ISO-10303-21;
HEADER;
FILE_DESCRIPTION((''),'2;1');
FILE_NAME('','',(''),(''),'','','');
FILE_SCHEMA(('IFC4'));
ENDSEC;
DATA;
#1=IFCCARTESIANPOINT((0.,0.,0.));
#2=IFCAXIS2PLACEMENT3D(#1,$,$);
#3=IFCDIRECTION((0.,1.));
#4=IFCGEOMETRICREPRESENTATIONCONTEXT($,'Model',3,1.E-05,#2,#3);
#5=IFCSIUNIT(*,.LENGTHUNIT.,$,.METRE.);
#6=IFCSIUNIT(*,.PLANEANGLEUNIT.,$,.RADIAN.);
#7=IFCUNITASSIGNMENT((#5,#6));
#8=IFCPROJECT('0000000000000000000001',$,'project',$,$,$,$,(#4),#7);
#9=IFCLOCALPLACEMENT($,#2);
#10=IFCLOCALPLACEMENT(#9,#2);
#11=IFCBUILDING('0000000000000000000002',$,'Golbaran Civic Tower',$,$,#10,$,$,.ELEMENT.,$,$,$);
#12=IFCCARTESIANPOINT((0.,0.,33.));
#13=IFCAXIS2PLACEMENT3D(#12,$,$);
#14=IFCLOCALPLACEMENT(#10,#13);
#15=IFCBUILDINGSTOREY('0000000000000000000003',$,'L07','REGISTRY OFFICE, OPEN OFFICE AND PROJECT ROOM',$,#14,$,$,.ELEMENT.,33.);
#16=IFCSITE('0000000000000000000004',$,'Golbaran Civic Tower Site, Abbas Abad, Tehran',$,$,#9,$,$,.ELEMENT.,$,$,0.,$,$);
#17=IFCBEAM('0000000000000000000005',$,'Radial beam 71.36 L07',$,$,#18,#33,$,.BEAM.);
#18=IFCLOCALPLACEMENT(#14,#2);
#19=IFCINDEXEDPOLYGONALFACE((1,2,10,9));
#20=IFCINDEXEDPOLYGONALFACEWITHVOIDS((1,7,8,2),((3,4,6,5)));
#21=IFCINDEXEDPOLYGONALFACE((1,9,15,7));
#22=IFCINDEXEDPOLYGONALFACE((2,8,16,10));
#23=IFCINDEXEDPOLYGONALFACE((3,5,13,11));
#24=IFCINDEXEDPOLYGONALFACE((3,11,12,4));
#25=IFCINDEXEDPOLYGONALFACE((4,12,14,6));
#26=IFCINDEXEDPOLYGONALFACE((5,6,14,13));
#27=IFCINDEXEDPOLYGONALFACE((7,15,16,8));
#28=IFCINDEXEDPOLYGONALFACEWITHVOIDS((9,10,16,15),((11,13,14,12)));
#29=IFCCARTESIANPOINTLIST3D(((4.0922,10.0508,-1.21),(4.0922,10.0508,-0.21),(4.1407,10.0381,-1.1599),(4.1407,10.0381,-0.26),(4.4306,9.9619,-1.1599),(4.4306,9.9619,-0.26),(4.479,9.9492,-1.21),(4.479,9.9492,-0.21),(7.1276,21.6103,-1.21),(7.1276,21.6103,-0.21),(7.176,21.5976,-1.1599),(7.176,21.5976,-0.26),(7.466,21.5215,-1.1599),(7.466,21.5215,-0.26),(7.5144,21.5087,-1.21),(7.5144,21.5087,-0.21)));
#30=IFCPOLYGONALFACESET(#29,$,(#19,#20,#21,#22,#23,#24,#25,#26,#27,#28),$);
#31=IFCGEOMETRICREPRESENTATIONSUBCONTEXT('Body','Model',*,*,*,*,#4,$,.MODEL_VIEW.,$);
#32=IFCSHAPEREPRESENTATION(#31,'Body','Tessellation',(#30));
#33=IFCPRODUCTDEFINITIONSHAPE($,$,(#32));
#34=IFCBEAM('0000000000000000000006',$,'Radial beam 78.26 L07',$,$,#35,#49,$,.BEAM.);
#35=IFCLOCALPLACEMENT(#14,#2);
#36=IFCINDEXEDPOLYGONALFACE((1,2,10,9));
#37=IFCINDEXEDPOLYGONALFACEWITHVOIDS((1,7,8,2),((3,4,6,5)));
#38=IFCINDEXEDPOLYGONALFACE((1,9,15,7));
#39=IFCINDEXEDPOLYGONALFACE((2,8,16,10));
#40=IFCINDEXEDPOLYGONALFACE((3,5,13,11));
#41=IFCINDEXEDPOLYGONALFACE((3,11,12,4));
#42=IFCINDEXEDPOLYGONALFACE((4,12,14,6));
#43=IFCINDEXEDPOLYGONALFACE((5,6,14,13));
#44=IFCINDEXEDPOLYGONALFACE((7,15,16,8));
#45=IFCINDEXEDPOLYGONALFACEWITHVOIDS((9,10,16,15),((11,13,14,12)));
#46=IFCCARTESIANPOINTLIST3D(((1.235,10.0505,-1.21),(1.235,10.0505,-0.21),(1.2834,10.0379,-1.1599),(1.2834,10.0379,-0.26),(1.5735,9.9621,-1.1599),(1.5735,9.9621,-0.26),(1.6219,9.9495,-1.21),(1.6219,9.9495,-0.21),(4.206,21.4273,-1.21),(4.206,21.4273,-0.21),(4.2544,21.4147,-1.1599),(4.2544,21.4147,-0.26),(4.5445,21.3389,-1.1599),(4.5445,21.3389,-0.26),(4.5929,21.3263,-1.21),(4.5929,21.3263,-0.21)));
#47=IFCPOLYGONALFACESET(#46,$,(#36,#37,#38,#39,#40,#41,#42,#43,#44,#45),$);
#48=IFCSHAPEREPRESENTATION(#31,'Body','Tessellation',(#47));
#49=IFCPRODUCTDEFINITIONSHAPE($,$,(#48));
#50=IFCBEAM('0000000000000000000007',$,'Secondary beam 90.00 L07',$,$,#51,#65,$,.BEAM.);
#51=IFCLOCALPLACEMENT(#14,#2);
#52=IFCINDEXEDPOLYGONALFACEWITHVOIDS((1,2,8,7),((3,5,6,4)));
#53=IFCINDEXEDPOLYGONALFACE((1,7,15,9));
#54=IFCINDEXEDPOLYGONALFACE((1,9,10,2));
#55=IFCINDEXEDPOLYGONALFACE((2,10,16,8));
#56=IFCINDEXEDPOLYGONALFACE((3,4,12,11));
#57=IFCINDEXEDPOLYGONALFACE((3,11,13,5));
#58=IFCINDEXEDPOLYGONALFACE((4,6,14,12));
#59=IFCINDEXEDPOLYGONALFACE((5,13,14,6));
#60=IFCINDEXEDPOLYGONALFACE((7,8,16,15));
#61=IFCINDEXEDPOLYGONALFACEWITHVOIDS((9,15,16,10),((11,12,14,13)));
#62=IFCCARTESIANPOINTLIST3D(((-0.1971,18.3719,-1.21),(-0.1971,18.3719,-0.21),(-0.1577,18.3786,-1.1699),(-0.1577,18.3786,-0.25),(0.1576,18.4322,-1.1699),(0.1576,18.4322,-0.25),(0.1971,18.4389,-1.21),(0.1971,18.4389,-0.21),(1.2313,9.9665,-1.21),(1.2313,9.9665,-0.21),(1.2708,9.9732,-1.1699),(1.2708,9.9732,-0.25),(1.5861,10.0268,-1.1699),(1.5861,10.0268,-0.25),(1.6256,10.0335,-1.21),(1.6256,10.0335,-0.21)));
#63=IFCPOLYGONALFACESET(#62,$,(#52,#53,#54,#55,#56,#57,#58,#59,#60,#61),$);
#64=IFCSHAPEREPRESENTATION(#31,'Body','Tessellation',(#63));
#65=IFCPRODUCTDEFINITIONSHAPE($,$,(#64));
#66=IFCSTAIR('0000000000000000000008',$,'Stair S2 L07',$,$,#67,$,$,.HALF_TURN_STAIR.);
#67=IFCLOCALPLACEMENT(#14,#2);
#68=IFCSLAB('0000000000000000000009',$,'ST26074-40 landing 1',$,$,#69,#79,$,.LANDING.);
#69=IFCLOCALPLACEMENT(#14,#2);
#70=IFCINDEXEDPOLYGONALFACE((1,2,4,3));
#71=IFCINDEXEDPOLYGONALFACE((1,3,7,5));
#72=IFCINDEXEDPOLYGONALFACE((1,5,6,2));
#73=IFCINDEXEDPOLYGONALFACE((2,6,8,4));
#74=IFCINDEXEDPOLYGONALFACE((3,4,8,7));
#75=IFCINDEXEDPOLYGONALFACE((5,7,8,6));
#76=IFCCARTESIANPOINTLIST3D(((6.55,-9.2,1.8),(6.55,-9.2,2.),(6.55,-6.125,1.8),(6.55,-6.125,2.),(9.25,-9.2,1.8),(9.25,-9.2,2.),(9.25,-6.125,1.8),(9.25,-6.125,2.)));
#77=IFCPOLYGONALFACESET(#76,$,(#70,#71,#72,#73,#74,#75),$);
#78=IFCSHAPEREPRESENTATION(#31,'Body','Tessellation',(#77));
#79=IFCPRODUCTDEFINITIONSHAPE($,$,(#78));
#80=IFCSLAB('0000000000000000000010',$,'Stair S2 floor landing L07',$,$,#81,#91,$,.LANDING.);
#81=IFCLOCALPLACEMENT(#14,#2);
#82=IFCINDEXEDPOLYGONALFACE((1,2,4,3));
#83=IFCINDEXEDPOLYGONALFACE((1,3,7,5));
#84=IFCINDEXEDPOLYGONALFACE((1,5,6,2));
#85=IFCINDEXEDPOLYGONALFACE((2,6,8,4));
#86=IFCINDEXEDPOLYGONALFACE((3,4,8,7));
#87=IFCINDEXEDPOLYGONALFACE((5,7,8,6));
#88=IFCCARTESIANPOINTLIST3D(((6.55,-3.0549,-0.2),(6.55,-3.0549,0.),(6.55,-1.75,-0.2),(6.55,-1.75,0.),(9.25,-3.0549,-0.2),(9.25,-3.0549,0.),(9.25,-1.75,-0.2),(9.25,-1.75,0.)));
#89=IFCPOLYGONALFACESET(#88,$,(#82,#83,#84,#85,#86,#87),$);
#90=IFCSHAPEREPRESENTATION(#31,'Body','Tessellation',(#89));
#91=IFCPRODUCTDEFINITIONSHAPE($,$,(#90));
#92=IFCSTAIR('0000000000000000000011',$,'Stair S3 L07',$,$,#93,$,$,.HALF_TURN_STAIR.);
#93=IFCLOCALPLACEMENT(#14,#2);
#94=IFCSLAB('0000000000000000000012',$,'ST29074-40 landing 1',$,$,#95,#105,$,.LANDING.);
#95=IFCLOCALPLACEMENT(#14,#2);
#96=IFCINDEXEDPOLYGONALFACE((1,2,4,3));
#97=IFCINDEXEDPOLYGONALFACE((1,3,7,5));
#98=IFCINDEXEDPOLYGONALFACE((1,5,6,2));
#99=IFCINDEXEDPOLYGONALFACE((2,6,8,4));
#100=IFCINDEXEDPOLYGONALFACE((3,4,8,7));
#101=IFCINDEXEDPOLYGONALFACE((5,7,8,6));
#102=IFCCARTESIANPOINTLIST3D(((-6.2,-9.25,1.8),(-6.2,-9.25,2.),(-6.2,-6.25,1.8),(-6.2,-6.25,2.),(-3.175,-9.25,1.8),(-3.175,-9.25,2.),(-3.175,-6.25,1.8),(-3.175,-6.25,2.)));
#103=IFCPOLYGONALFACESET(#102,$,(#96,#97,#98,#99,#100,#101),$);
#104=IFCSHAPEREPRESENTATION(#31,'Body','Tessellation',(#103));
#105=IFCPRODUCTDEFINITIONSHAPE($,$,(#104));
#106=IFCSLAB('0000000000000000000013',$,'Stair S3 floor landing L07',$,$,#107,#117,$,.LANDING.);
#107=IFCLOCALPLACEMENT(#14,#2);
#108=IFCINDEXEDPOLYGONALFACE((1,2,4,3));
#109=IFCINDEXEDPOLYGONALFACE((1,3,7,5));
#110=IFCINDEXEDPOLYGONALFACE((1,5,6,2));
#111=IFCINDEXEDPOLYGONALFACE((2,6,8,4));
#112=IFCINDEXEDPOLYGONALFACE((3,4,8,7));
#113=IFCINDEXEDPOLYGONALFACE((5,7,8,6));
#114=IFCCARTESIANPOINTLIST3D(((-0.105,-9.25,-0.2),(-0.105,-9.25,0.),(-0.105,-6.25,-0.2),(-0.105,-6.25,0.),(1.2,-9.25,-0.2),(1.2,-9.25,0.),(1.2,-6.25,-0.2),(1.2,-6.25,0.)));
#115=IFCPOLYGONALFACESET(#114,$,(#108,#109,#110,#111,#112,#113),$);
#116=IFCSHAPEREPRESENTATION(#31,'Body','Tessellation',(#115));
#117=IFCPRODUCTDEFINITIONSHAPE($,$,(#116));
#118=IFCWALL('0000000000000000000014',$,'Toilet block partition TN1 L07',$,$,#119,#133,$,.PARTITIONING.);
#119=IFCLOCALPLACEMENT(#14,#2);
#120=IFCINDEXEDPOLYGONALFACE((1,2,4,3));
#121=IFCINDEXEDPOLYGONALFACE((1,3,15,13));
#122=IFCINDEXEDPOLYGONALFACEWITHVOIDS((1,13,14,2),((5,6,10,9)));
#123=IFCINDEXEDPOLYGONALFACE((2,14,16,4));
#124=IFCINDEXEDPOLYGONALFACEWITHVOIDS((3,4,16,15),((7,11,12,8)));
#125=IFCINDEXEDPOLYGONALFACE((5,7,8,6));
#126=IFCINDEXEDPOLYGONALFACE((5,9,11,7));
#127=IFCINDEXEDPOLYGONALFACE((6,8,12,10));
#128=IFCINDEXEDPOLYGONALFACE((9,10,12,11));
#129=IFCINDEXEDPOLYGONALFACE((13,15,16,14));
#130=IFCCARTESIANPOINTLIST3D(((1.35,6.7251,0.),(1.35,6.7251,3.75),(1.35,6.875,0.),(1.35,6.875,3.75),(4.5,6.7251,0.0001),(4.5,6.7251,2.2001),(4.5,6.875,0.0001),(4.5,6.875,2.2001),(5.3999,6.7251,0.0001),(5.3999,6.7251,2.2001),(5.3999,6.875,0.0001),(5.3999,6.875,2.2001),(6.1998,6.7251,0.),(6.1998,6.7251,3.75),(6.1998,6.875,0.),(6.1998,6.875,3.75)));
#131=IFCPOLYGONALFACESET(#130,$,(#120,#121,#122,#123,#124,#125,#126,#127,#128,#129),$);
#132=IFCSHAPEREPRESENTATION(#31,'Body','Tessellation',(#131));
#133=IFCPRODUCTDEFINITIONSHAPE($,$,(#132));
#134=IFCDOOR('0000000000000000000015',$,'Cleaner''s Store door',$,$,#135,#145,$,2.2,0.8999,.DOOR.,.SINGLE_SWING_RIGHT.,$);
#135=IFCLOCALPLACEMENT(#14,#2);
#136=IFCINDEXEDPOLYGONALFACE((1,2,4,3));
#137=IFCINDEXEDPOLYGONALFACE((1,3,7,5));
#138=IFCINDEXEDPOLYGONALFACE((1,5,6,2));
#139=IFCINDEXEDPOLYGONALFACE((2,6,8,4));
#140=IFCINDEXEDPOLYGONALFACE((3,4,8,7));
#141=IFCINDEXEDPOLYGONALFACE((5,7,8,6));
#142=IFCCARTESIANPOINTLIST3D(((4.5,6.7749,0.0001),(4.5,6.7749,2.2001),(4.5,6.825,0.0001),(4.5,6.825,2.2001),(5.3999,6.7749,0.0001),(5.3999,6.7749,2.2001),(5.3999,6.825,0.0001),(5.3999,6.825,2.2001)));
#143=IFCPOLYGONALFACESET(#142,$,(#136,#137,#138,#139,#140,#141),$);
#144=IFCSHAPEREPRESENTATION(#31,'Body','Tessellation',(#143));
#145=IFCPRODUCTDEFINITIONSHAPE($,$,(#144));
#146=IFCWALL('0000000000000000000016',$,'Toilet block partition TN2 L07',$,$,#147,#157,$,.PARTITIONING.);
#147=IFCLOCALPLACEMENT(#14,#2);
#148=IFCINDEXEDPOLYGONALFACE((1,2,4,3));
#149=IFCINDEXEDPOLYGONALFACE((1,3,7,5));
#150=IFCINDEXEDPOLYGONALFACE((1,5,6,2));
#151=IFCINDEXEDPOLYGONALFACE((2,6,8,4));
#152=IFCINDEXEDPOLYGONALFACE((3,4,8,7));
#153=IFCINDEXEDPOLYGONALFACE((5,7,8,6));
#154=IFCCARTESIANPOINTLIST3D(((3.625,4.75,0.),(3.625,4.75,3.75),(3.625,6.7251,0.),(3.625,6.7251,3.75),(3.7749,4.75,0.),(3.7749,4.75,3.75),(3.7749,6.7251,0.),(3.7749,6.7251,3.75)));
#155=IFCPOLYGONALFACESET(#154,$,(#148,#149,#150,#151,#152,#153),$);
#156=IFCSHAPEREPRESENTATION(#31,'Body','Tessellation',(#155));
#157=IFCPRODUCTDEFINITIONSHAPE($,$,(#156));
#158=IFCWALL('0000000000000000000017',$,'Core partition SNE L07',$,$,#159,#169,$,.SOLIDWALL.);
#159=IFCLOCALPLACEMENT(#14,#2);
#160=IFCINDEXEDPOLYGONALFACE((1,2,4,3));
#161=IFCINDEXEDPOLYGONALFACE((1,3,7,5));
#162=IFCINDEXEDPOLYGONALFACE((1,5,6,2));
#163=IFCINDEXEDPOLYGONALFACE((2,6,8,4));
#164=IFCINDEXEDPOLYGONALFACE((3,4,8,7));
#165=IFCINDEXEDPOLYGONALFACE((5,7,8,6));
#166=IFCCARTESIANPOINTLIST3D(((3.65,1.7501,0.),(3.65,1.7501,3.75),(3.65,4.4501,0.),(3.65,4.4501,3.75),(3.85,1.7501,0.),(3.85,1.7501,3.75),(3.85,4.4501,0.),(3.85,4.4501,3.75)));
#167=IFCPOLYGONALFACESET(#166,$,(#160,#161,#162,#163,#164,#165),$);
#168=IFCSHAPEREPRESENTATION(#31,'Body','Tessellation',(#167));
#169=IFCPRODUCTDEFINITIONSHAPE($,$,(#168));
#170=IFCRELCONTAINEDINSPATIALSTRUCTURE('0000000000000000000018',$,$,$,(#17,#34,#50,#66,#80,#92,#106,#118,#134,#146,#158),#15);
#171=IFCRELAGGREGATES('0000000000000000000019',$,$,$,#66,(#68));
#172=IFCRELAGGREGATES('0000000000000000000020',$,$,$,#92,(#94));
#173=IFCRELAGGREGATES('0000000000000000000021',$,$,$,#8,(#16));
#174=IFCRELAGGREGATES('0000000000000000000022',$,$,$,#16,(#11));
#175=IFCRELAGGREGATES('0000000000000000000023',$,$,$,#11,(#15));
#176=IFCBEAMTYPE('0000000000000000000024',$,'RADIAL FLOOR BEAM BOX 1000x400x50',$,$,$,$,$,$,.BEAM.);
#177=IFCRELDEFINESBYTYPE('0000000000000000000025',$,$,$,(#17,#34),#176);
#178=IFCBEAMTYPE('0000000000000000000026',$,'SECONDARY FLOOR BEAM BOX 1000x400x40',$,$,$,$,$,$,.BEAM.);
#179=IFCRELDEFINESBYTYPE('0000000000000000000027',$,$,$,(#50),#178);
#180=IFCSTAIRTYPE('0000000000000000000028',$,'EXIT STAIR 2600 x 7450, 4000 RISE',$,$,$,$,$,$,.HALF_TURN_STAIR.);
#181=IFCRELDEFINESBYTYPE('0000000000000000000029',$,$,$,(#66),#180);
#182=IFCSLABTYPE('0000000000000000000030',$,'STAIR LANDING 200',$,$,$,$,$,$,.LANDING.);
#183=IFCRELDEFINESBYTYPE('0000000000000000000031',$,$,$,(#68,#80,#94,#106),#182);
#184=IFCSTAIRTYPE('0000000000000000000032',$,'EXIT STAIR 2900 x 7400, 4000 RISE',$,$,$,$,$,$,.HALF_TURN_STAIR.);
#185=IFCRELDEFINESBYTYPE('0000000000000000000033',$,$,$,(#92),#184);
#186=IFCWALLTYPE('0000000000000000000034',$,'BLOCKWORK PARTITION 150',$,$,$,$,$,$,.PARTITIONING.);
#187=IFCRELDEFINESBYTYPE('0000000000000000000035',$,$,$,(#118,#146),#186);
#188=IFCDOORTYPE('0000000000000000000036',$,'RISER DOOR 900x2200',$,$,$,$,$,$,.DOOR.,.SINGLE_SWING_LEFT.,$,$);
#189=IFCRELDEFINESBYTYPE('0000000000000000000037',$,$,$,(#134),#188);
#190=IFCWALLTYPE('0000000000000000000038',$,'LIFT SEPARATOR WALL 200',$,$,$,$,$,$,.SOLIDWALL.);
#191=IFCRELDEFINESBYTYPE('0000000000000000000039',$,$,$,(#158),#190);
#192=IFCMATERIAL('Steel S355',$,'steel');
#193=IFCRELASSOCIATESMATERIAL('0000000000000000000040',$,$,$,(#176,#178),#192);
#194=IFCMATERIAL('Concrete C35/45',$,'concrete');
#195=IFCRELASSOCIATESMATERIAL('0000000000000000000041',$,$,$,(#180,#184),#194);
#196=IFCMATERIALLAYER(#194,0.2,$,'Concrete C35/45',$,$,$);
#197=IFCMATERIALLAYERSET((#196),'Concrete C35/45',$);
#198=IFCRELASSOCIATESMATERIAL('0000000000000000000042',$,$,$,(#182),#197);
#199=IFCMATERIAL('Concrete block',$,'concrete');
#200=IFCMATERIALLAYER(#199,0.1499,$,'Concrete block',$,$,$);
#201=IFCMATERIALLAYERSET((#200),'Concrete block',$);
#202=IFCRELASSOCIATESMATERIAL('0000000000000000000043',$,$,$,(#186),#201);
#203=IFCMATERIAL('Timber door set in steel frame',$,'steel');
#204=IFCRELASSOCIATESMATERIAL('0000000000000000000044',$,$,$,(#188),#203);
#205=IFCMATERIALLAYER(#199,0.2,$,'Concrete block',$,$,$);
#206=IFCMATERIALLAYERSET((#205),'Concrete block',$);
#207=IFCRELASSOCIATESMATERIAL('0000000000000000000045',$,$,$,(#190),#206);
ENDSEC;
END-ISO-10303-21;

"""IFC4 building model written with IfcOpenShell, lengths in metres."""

from ifc_helpers import new_model, si_unit, direction, frame, frame_2d, origin, origin_2d, place, context, subcontext, project, spatial, polyline, rectangle, hollow_rectangle, outline, extrude, material, layer, layer_set, material_profile, profile_set, type_object, element, fill, aggregate, save


model = new_model("IFC4")

# Units and contexts
model_context = context("Model", 3, precision=1e-05, world=origin(), true_north=direction((0.0, 1.0)))
body_context = subcontext(model_context, "Body", "Model", "MODEL_VIEW")
ifc_project = project(units=[si_unit("LENGTHUNIT", "METRE"), si_unit("PLANEANGLEUNIT", "RADIAN")], contexts=[model_context])

# Site, building, storey
site_placement = place(None, origin())
site = spatial("IfcSite", under=ifc_project, at=site_placement, Name="Golbaran Civic Tower Site, Abbas Abad, Tehran", CompositionType="ELEMENT", RefElevation=0.0)
building_placement = place(site_placement, origin())
building = spatial("IfcBuilding", under=site, at=building_placement, Name="Golbaran Civic Tower", CompositionType="ELEMENT")
storey_placement = place(building_placement, frame((0.0, 0.0, 33.0)))
storey = spatial("IfcBuildingStorey", under=building, at=storey_placement, Name="L07", Description="REGISTRY OFFICE, OPEN OFFICE AND PROJECT ROOM", CompositionType="ELEMENT", Elevation=33.0)

# Beams
ifc_material_1 = material(Name="Steel S355", Category="steel")
ifc_material_profile_1 = material_profile(ifc_material_1, hollow_rectangle(XDim=0.3999, YDim=1.0, WallThickness=0.05, at=origin_2d()), Name="BOX 1000x400x50")
ifc_profile_set_1 = profile_set([ifc_material_profile_1], Name="Steel S355")
beam_type_1 = type_object("IfcBeamType", Name="RADIAL FLOOR BEAM BOX 1000x400x50", PredefinedType="BEAM", material=ifc_profile_set_1)
beam_1_placement = place(storey_placement, frame((4.2856, 10.0, -0.71), z_axis=(0.253977, 0.96721, 0.0), x_axis=(-0.96721, 0.253977, 0.0)))
element("IfcBeam", 1, at=beam_1_placement, inside=storey, type_object=beam_type_1, Name="Radial beam 71.36 L07", PredefinedType="BEAM", context=body_context, shape_type="SweptSolid", body=[
    extrude(hollow_rectangle(XDim=0.3999, YDim=1.0, WallThickness=0.05, at=origin_2d()), origin(), (0.0, 0.0, 1.0), 11.9514),
])
beam_2_placement = place(storey_placement, frame((1.4285, 10.0, -0.71), z_axis=(0.25267, 0.967553, 0.0), x_axis=(-0.967553, 0.25267, 0.0)))
element("IfcBeam", 2, at=beam_2_placement, inside=storey, type_object=beam_type_1, Name="Radial beam 78.26 L07", PredefinedType="BEAM", context=body_context, shape_type="SweptSolid", body=[
    extrude(hollow_rectangle(XDim=0.3999, YDim=1.0, WallThickness=0.05, at=origin_2d()), origin(), (0.0, 0.0, 1.0), 11.7583),
])
ifc_material_profile_2 = material_profile(ifc_material_1, hollow_rectangle(XDim=0.3999, YDim=1.0, WallThickness=0.04, at=origin_2d()), Name="BOX 1000x400x40")
ifc_profile_set_2 = profile_set([ifc_material_profile_2], Name="Steel S355")
beam_type_2 = type_object("IfcBeamType", Name="SECONDARY FLOOR BEAM BOX 1000x400x40", PredefinedType="BEAM", material=ifc_profile_set_2)
beam_3_placement = place(storey_placement, frame((1.4285, 10.0, -0.71), z_axis=(-0.167547, 0.985864, 0.0), x_axis=(-0.985864, -0.167547, 0.0)))
element("IfcBeam", 3, at=beam_3_placement, inside=storey, type_object=beam_type_2, Name="Secondary beam 90.00 L07", PredefinedType="BEAM", context=body_context, shape_type="SweptSolid", body=[
    extrude(hollow_rectangle(XDim=0.3999, YDim=1.0, WallThickness=0.04, at=origin_2d()), origin(), (0.0, 0.0, 1.0), 8.5259),
])

# Stair, slab
ifc_material_2 = material(Name="Concrete C35/45", Category="concrete")
stair_type_1 = type_object("IfcStairType", Name="EXIT STAIR 2600 x 7450, 4000 RISE", PredefinedType="HALF_TURN_STAIR", material=ifc_material_2)
stair_1_placement = place(storey_placement, origin())
stair_1 = element("IfcStair", 4, at=stair_1_placement, inside=storey, type_object=stair_type_1, Name="Stair S2 L07", PredefinedType="HALF_TURN_STAIR")
ifc_layer_1 = layer(ifc_material_2, 0.2, Name="Concrete C35/45")
ifc_layer_set_1 = layer_set([ifc_layer_1], Name="Concrete C35/45")
slab_type = type_object("IfcSlabType", Name="STAIR LANDING 200", PredefinedType="LANDING", material=ifc_layer_set_1)
slab_1_placement = place(storey_placement, frame((0.0, 0.0, 1.8)))
slab_1 = element("IfcSlab", 5, at=slab_1_placement, type_object=slab_type, Name="ST26074-40 landing 1", PredefinedType="LANDING", context=body_context, shape_type="SweptSolid", body=[
    extrude(outline(polyline([(9.25, -6.125), (9.25, -9.2), (6.55, -9.2), (6.55, -6.125), (9.25, -6.125)])), origin(), (0.0, 0.0, 1.0), 0.2),
])
aggregate(stair_1, [slab_1])

# Slab
slab_2_placement = place(storey_placement, frame((0.0, 0.0, -0.2)))
element("IfcSlab", 6, at=slab_2_placement, inside=storey, type_object=slab_type, Name="Stair S2 floor landing L07", PredefinedType="LANDING", context=body_context, shape_type="SweptSolid", body=[
    extrude(outline(polyline([(9.25, -1.75), (9.25, -3.0549), (6.55, -3.0549), (6.55, -1.75), (9.25, -1.75)])), origin(), (0.0, 0.0, 1.0), 0.2),
])

# Stair, slab
stair_type_2 = type_object("IfcStairType", Name="EXIT STAIR 2900 x 7400, 4000 RISE", PredefinedType="HALF_TURN_STAIR", material=ifc_material_2)
stair_2_placement = place(storey_placement, origin())
stair_2 = element("IfcStair", 7, at=stair_2_placement, inside=storey, type_object=stair_type_2, Name="Stair S3 L07", PredefinedType="HALF_TURN_STAIR")
slab_3_placement = place(storey_placement, frame((0.0, 0.0, 1.8)))
slab_3 = element("IfcSlab", 8, at=slab_3_placement, type_object=slab_type, Name="ST29074-40 landing 1", PredefinedType="LANDING", context=body_context, shape_type="SweptSolid", body=[
    extrude(outline(polyline([(-3.175, -9.25), (-6.2, -9.25), (-6.2, -6.25), (-3.175, -6.25), (-3.175, -9.25)])), origin(), (0.0, 0.0, 1.0), 0.2),
])
aggregate(stair_2, [slab_3])

# Slab
slab_4_placement = place(storey_placement, frame((0.0, 0.0, -0.2)))
element("IfcSlab", 9, at=slab_4_placement, inside=storey, type_object=slab_type, Name="Stair S3 floor landing L07", PredefinedType="LANDING", context=body_context, shape_type="SweptSolid", body=[
    extrude(outline(polyline([(1.2, -9.25), (-0.105, -9.25), (-0.105, -6.25), (1.2, -6.25), (1.2, -9.25)])), origin(), (0.0, 0.0, 1.0), 0.2),
])

# Wall, opening, door
ifc_material_3 = material(Name="Concrete block", Category="concrete")
ifc_layer_2 = layer(ifc_material_3, 0.1499, Name="Concrete block")
ifc_layer_set_2 = layer_set([ifc_layer_2], Name="Concrete block")
wall_type_1 = type_object("IfcWallType", Name="BLOCKWORK PARTITION 150", PredefinedType="PARTITIONING", material=ifc_layer_set_2)
wall_1_placement = place(storey_placement, frame((1.3501, 6.8, 0.0), z_axis=(0.0, 0.0, 1.0), x_axis=(1.0, 0.0, 0.0)))
wall_1 = element("IfcWall", 10, at=wall_1_placement, inside=storey, type_object=wall_type_1, Name="Toilet block partition TN1 L07", PredefinedType="PARTITIONING", context=body_context, shape_type="SweptSolid", body=[
    extrude(rectangle(XDim=4.8499, YDim=0.1499, at=frame_2d((2.4248, 0.0))), origin(), (0.0, 0.0, 1.0), 3.75),
])
opening_1_placement = place(wall_1_placement, frame((3.1499, 0.0, 0.0)))
opening_1 = element("IfcOpeningElement", 11, at=opening_1_placement, cuts=wall_1, PredefinedType="OPENING", context=body_context, shape_type="SweptSolid", body=[
    extrude(rectangle(XDim=0.8999, YDim=2.2, at=frame_2d((0.45, 1.1001))), frame((0.0, 0.085, 0.0), z_axis=(0.0, -1.0, 0.0), x_axis=(1.0, 0.0, 0.0)), (0.0, 0.0, 1.0), 0.1699),
])
ifc_material_4 = material(Name="Timber door set in steel frame", Category="steel")
door_type_1 = type_object("IfcDoorType", Name="RISER DOOR 900x2200", OperationType="SINGLE_SWING_LEFT", PredefinedType="DOOR", material=ifc_material_4)
door_1_placement = place(opening_1_placement, origin())
door_1 = element("IfcDoor", 12, at=door_1_placement, inside=storey, type_object=door_type_1, Name="Cleaner's Store door", OperationType="SINGLE_SWING_RIGHT", OverallHeight=2.2, OverallWidth=0.8999, PredefinedType="DOOR", context=body_context, shape_type="SweptSolid", body=[
    extrude(rectangle(XDim=0.8999, YDim=2.2, at=frame_2d((0.45, 1.1001))), frame((0.0, 0.0249, 0.0), z_axis=(0.0, -1.0, 0.0), x_axis=(1.0, 0.0, 0.0)), (0.0, 0.0, 1.0), 0.05),
])
fill(opening_1, door_1)

# Walls
wall_2_placement = place(storey_placement, frame((3.7, 4.75, 0.0), z_axis=(0.0, 0.0, 1.0), x_axis=(0.0, 1.0, 0.0)))
element("IfcWall", 13, at=wall_2_placement, inside=storey, type_object=wall_type_1, Name="Toilet block partition TN2 L07", PredefinedType="PARTITIONING", context=body_context, shape_type="SweptSolid", body=[
    extrude(rectangle(XDim=1.9751, YDim=0.1499, at=frame_2d((0.9875, 0.0))), origin(), (0.0, 0.0, 1.0), 3.75),
])
ifc_layer_3 = layer(ifc_material_3, 0.2, Name="Concrete block")
ifc_layer_set_3 = layer_set([ifc_layer_3], Name="Concrete block")
wall_type_2 = type_object("IfcWallType", Name="LIFT SEPARATOR WALL 200", PredefinedType="SOLIDWALL", material=ifc_layer_set_3)
wall_3_placement = place(storey_placement, frame((3.75, 1.75, 0.0), z_axis=(0.0, 0.0, 1.0), x_axis=(0.0, 1.0, 0.0)))
element("IfcWall", 14, at=wall_3_placement, inside=storey, type_object=wall_type_2, Name="Core partition SNE L07", PredefinedType="SOLIDWALL", context=body_context, shape_type="SweptSolid", body=[
    extrude(rectangle(XDim=2.7, YDim=0.2, at=frame_2d((1.3501, 0.0))), origin(), (0.0, 0.0, 1.0), 3.75),
])

save(model, "model.ifc")
